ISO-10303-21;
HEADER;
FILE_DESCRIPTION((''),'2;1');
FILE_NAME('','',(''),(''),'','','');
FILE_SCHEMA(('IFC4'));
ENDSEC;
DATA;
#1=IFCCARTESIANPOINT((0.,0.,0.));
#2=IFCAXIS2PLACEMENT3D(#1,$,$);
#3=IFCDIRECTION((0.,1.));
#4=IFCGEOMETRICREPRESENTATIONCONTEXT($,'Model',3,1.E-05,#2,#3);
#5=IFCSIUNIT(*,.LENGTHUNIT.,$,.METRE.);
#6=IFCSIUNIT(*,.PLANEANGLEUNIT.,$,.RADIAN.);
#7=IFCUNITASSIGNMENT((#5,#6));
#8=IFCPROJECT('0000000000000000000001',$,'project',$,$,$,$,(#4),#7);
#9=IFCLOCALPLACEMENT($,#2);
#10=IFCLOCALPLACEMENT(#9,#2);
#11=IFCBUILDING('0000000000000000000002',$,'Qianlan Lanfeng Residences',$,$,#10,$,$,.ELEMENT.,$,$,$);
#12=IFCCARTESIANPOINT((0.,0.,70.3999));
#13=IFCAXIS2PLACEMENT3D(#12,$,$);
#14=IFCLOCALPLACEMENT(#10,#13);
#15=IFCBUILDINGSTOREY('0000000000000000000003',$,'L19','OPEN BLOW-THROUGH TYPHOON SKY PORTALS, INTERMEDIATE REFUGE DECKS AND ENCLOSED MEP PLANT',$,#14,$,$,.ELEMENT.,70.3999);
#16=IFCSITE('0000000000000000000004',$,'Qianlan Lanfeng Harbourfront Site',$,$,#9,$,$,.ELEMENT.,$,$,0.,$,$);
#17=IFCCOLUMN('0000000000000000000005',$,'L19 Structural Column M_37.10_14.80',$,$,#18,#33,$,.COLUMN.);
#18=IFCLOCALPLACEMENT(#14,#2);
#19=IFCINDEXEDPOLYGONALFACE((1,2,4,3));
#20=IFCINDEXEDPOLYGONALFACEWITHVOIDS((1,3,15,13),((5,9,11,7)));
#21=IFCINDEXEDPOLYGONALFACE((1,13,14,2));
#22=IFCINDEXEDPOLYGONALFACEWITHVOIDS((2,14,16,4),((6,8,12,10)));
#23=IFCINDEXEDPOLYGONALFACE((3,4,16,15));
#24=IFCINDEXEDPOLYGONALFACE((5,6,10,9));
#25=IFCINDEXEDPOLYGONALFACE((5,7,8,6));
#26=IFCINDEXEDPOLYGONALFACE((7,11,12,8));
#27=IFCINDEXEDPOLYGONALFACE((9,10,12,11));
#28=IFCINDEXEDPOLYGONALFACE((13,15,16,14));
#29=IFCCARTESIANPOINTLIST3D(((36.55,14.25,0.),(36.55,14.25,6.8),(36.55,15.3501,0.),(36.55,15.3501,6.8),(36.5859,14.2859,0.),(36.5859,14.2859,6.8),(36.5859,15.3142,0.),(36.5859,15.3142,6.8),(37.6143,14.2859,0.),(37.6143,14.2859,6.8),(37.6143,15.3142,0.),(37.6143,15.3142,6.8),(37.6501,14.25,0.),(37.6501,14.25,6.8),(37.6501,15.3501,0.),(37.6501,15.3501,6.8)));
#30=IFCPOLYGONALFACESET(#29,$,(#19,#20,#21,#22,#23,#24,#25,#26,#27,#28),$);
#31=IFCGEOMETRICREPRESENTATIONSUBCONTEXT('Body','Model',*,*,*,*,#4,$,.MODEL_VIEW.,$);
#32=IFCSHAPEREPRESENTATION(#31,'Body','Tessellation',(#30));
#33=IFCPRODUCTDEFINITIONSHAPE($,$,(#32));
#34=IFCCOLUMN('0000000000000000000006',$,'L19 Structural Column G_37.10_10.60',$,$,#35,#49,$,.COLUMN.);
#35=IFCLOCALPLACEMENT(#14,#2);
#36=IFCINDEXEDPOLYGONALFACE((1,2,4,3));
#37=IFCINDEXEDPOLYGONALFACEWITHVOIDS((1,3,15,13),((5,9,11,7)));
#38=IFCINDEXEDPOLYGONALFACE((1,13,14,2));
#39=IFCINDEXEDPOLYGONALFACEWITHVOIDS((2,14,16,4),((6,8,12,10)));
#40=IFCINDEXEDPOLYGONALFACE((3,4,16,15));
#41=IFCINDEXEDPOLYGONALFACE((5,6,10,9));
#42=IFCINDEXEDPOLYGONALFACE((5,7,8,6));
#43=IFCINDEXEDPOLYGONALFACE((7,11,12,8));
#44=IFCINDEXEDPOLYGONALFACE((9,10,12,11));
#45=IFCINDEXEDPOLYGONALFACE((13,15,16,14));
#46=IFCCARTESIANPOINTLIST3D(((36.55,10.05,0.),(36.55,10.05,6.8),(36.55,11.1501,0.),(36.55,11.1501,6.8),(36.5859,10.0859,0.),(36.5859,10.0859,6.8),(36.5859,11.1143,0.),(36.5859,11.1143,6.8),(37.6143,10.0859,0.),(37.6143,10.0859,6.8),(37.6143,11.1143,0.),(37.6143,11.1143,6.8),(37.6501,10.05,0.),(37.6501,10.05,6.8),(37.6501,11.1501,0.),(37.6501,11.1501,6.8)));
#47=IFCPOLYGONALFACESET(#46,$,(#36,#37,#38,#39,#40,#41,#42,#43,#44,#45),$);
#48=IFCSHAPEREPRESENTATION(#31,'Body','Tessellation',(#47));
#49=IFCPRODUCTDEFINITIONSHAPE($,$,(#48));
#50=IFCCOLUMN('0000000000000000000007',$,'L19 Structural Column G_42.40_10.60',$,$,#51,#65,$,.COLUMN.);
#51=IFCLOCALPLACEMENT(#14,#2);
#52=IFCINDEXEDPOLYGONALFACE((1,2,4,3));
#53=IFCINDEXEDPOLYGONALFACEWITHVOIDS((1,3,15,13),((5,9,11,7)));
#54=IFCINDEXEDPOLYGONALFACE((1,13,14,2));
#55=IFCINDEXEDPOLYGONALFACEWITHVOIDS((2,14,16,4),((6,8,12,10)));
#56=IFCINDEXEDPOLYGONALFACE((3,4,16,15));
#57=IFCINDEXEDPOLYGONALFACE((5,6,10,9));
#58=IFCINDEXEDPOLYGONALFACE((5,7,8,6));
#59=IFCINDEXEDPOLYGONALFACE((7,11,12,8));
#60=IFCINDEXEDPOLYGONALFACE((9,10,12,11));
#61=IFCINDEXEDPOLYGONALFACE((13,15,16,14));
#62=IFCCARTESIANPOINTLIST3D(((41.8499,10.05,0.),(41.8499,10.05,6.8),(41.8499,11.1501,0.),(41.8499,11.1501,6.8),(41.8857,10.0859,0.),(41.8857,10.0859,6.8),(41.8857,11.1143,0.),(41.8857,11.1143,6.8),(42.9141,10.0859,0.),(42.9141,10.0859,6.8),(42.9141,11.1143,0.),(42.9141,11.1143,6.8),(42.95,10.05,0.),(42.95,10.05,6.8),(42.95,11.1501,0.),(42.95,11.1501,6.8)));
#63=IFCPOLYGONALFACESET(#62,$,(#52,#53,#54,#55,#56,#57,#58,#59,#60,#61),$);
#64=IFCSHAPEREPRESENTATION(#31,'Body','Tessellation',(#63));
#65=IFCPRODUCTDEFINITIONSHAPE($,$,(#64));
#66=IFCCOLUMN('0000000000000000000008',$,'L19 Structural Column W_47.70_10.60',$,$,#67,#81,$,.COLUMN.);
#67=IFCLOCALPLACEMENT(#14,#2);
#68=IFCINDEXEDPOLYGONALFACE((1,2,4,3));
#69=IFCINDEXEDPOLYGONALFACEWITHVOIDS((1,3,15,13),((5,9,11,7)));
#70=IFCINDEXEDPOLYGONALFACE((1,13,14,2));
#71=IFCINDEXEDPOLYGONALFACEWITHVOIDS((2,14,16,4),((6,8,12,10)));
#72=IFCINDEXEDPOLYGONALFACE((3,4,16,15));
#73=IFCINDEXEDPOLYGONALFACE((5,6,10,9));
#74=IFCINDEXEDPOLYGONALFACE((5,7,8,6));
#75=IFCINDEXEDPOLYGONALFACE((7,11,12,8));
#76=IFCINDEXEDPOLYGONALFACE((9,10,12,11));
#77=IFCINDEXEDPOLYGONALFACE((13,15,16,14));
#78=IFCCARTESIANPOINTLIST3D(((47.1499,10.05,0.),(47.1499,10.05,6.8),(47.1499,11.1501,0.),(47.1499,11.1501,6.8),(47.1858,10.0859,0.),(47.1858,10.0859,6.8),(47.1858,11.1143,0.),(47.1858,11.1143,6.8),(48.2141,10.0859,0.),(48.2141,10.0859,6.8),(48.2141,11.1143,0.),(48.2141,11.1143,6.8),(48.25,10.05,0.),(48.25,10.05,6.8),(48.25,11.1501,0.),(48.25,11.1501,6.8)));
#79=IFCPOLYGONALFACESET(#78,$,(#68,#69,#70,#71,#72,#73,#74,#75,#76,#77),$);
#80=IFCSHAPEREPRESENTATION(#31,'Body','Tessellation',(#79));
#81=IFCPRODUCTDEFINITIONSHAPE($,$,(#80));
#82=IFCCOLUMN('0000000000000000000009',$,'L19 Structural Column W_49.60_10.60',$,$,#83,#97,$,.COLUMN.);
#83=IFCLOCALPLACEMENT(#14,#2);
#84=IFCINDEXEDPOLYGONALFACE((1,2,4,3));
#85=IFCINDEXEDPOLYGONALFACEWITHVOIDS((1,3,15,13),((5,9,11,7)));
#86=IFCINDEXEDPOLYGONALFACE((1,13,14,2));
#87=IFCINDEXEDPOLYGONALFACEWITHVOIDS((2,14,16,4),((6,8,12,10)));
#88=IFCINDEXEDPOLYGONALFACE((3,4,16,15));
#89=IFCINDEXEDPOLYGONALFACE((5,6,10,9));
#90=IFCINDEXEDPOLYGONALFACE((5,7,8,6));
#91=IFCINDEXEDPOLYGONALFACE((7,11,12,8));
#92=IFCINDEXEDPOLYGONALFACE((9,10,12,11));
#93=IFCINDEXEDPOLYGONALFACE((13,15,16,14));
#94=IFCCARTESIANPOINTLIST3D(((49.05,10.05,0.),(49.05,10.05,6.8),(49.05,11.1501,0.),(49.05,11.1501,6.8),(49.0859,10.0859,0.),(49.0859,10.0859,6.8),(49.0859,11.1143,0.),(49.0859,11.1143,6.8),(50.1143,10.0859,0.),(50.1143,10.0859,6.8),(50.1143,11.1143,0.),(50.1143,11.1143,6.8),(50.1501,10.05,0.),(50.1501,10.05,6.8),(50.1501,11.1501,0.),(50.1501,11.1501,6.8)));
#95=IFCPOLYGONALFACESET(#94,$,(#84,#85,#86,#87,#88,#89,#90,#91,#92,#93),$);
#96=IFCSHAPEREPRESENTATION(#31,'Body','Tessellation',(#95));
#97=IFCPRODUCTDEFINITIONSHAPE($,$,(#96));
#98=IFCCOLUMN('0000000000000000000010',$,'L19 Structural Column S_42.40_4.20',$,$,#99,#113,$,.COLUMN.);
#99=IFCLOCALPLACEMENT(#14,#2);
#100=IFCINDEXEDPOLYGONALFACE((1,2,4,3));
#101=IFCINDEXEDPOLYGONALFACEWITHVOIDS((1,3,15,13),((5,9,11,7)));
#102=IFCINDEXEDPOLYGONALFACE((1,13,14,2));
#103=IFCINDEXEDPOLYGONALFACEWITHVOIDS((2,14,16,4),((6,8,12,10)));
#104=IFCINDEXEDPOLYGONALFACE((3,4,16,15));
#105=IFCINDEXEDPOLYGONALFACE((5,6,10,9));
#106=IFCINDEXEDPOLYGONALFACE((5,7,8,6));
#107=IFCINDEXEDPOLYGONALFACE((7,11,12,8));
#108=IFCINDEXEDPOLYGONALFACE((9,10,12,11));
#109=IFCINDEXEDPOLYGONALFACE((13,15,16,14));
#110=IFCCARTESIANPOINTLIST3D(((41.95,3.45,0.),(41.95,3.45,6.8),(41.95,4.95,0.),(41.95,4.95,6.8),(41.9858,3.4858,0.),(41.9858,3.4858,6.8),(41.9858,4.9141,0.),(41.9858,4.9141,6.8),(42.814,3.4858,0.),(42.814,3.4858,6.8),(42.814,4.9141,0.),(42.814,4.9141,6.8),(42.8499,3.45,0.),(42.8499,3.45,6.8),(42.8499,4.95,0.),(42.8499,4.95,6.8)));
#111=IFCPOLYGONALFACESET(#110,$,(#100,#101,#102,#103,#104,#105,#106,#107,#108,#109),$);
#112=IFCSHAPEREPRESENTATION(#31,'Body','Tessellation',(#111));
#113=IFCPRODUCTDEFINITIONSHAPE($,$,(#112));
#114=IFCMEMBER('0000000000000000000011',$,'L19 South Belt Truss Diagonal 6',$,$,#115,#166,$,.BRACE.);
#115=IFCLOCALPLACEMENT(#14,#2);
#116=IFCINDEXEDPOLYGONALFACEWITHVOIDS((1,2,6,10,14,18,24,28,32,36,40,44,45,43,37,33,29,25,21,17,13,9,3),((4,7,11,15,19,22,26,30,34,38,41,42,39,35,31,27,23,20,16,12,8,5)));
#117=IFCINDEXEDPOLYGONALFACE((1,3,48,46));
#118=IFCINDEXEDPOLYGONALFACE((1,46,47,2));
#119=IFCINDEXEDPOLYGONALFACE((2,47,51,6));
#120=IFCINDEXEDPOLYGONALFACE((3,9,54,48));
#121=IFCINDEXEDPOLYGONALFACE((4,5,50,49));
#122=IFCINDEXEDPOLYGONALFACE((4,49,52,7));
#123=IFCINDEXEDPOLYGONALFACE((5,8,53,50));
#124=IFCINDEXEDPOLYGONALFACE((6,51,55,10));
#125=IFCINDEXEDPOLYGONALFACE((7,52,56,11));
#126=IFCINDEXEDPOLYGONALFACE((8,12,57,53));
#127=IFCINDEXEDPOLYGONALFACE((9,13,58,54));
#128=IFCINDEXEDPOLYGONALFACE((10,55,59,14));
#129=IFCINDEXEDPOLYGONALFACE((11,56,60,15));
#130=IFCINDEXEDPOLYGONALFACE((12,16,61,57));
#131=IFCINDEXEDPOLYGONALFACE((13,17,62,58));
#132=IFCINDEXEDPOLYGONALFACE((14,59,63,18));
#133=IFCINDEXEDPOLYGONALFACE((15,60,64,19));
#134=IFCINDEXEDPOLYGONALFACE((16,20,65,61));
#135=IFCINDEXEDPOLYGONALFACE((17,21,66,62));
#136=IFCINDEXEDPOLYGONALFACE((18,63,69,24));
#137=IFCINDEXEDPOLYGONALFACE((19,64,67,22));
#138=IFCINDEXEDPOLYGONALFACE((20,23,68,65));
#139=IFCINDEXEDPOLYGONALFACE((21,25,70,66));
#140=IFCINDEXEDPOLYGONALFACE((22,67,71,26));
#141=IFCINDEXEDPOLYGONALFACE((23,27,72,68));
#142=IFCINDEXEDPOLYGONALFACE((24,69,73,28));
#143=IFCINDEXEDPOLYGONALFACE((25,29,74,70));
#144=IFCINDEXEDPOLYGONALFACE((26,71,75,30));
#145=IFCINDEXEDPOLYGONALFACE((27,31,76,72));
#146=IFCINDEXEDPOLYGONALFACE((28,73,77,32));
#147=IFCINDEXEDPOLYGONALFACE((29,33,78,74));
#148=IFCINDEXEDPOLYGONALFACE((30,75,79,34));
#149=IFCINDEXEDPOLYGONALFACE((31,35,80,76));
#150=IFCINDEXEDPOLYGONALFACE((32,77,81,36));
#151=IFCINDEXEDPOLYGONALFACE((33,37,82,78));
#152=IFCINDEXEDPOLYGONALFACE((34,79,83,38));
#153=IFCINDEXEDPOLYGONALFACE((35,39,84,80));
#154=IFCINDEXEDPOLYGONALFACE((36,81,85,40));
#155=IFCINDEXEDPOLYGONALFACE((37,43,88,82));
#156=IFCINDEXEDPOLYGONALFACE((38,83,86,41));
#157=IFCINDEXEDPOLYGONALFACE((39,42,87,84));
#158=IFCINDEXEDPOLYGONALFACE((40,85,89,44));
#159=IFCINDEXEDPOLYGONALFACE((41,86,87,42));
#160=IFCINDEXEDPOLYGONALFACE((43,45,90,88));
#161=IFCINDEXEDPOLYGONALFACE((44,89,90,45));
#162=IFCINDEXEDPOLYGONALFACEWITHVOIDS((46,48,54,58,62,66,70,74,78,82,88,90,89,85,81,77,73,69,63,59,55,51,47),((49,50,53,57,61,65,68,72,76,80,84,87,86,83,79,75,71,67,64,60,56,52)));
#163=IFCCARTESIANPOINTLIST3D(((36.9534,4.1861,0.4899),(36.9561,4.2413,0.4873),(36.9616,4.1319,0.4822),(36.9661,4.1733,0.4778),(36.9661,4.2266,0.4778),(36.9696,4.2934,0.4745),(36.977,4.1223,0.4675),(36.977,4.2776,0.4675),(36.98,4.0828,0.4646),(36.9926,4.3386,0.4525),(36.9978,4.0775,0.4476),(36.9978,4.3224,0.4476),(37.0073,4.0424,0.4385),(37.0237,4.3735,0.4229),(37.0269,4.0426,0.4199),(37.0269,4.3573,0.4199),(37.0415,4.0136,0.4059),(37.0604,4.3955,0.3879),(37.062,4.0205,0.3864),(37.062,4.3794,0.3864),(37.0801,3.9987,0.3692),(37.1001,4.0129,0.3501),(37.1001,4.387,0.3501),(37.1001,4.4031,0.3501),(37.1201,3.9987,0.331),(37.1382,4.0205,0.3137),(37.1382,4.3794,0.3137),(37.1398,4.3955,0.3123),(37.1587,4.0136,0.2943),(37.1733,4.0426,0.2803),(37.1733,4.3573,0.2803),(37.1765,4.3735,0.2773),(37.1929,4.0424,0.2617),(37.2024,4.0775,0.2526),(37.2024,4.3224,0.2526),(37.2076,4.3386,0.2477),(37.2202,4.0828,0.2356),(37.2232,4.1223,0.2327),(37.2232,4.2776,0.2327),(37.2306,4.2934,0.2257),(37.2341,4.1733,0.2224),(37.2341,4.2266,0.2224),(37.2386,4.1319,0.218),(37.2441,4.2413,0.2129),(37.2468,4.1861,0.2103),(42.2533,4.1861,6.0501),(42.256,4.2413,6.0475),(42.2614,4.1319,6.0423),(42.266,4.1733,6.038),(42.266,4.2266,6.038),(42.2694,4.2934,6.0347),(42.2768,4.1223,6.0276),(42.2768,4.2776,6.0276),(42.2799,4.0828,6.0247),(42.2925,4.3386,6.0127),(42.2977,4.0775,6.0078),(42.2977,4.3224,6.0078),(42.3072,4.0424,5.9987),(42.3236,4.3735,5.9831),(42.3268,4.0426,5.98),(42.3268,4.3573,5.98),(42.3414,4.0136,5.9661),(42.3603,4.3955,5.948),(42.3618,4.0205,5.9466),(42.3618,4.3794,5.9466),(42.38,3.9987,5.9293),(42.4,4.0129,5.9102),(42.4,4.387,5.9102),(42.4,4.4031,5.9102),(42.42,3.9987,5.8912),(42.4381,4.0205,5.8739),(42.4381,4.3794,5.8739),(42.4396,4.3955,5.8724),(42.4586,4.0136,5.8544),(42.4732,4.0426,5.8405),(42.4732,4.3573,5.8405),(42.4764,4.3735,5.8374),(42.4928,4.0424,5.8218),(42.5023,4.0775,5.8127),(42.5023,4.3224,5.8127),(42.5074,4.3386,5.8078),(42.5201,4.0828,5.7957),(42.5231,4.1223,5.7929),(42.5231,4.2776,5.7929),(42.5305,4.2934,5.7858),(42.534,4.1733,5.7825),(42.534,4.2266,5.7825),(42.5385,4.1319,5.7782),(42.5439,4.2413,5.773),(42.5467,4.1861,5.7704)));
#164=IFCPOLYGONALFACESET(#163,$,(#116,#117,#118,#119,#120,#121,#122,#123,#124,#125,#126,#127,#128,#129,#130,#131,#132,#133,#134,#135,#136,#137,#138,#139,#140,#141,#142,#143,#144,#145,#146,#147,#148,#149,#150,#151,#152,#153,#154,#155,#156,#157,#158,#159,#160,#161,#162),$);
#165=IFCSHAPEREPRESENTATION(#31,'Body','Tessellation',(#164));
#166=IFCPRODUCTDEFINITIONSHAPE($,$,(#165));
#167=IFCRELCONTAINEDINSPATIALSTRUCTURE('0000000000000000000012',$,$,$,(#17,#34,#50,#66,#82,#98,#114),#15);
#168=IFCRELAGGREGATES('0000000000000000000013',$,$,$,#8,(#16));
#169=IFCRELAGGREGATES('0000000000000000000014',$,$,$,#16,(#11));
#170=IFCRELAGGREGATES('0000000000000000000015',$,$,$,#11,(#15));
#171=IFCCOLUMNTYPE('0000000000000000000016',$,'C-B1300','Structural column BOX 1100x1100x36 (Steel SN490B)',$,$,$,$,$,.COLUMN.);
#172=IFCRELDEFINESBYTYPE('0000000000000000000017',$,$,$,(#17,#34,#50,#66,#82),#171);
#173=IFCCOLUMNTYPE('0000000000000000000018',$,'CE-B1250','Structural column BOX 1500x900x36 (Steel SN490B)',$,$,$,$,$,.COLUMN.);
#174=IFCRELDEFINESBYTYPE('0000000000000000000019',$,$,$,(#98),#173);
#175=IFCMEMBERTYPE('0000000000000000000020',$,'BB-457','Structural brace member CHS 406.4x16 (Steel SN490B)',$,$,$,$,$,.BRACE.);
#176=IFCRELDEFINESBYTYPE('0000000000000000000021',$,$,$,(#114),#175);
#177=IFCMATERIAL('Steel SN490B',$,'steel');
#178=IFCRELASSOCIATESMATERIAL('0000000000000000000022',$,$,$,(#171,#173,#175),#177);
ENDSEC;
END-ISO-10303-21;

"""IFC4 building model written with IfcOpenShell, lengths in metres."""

from ifc_helpers import new_model, si_unit, direction, frame, origin, origin_2d, place, context, subcontext, project, spatial, hollow_rectangle, hollow_circle, extrude, material, material_profile, profile_set, type_object, element, save


model = new_model("IFC4")

# Units and contexts
model_context = context("Model", 3, precision=1e-05, world=origin(), true_north=direction((0.0, 1.0)))
body_context = subcontext(model_context, "Body", "Model", "MODEL_VIEW")
ifc_project = project(units=[si_unit("LENGTHUNIT", "METRE"), si_unit("PLANEANGLEUNIT", "RADIAN")], contexts=[model_context])

# Site, building, storey
site_placement = place(None, origin())
site = spatial("IfcSite", under=ifc_project, at=site_placement, Name="Qianlan Lanfeng Harbourfront Site", CompositionType="ELEMENT", RefElevation=0.0)
building_placement = place(site_placement, origin())
building = spatial("IfcBuilding", under=site, at=building_placement, Name="Qianlan Lanfeng Residences", CompositionType="ELEMENT")
storey_placement = place(building_placement, frame((0.0, 0.0, 70.3999)))
storey = spatial("IfcBuildingStorey", under=building, at=storey_placement, Name="L19", Description="OPEN BLOW-THROUGH TYPHOON SKY PORTALS, INTERMEDIATE REFUGE DECKS AND ENCLOSED MEP PLANT", CompositionType="ELEMENT", Elevation=70.3999)

# Columns
ifc_material_1 = material(Name="Steel SN490B", Category="steel")
ifc_material_profile_1 = material_profile(ifc_material_1, hollow_rectangle(XDim=1.1001, YDim=1.1001, WallThickness=0.0359, at=origin_2d()), Name="BOX 1100x1100x36")
ifc_profile_set_1 = profile_set([ifc_material_profile_1], Name="Steel SN490B")
column_type_1 = type_object("IfcColumnType", Name="C-B1300", Description="Structural column BOX 1100x1100x36 (Steel SN490B)", PredefinedType="COLUMN", material=ifc_profile_set_1)
for number, where, z_axis, x_axis, name in (
    (1, (37.1001, 14.8, 0.0), (0.0, 0.0, 1.0), (1.0, 0.0, 0.0), "L19 Structural Column M_37.10_14.80"),
    (2, (37.1001, 10.6001, 0.0), (0.0, 0.0, 1.0), (1.0, 0.0, 0.0), "L19 Structural Column G_37.10_10.60"),
    (3, (42.3999, 10.6001, 0.0), (0.0, 0.0, 1.0), (1.0, 0.0, 0.0), "L19 Structural Column G_42.40_10.60"),
    (4, (47.7, 10.6001, 0.0), (0.0, 0.0, 1.0), (1.0, 0.0, 0.0), "L19 Structural Column W_47.70_10.60"),
    (5, (49.6001, 10.6001, 0.0), (0.0, 0.0, 1.0), (1.0, 0.0, 0.0), "L19 Structural Column W_49.60_10.60"),
):
    element("IfcColumn", number, at=place(storey_placement, frame(where, z_axis=z_axis, x_axis=x_axis)), inside=storey, type_object=column_type_1, Name=name, PredefinedType="COLUMN", context=body_context, shape_type="SweptSolid", body=[
        extrude(hollow_rectangle(XDim=1.1001, YDim=1.1001, WallThickness=0.0359, at=origin_2d()), origin(), (0.0, 0.0, 1.0), 6.8),
    ])
ifc_material_profile_2 = material_profile(ifc_material_1, hollow_rectangle(XDim=0.8999, YDim=1.5, WallThickness=0.0359, at=origin_2d()), Name="BOX 1500x900x36")
ifc_profile_set_2 = profile_set([ifc_material_profile_2], Name="Steel SN490B")
column_type_2 = type_object("IfcColumnType", Name="CE-B1250", Description="Structural column BOX 1500x900x36 (Steel SN490B)", PredefinedType="COLUMN", material=ifc_profile_set_2)
column_placement = place(storey_placement, frame((42.3999, 4.2, 0.0), z_axis=(0.0, 0.0, 1.0), x_axis=(1.0, 0.0, 0.0)))
element("IfcColumn", 6, at=column_placement, inside=storey, type_object=column_type_2, Name="L19 Structural Column S_42.40_4.20", PredefinedType="COLUMN", context=body_context, shape_type="SweptSolid", body=[
    extrude(hollow_rectangle(XDim=0.8999, YDim=1.5, WallThickness=0.0359, at=origin_2d()), origin(), (0.0, 0.0, 1.0), 6.8),
])

# Member
ifc_material_profile_3 = material_profile(ifc_material_1, hollow_circle(Radius=0.2031, WallThickness=0.0161, at=origin_2d()), Name="CHS 406.4x16")
ifc_profile_set_3 = profile_set([ifc_material_profile_3], Name="Steel SN490B")
member_type_1 = type_object("IfcMemberType", Name="BB-457", Description="Structural brace member CHS 406.4x16 (Steel SN490B)", PredefinedType="BRACE", material=ifc_profile_set_3)
member_1_placement = place(storey_placement, frame((37.1001, 4.2, 0.3501), z_axis=(0.689963, 0.0, 0.723845), x_axis=(0.0, 1.0, 0.0)))
element("IfcMember", 7, at=member_1_placement, inside=storey, type_object=member_type_1, Name="L19 South Belt Truss Diagonal 6", PredefinedType="BRACE", context=body_context, shape_type="SweptSolid", body=[
    extrude(hollow_circle(Radius=0.2031, WallThickness=0.0161, at=origin_2d()), origin(), (0.0, 0.0, 1.0), 7.6814),
])

save(model, "model.ifc")
